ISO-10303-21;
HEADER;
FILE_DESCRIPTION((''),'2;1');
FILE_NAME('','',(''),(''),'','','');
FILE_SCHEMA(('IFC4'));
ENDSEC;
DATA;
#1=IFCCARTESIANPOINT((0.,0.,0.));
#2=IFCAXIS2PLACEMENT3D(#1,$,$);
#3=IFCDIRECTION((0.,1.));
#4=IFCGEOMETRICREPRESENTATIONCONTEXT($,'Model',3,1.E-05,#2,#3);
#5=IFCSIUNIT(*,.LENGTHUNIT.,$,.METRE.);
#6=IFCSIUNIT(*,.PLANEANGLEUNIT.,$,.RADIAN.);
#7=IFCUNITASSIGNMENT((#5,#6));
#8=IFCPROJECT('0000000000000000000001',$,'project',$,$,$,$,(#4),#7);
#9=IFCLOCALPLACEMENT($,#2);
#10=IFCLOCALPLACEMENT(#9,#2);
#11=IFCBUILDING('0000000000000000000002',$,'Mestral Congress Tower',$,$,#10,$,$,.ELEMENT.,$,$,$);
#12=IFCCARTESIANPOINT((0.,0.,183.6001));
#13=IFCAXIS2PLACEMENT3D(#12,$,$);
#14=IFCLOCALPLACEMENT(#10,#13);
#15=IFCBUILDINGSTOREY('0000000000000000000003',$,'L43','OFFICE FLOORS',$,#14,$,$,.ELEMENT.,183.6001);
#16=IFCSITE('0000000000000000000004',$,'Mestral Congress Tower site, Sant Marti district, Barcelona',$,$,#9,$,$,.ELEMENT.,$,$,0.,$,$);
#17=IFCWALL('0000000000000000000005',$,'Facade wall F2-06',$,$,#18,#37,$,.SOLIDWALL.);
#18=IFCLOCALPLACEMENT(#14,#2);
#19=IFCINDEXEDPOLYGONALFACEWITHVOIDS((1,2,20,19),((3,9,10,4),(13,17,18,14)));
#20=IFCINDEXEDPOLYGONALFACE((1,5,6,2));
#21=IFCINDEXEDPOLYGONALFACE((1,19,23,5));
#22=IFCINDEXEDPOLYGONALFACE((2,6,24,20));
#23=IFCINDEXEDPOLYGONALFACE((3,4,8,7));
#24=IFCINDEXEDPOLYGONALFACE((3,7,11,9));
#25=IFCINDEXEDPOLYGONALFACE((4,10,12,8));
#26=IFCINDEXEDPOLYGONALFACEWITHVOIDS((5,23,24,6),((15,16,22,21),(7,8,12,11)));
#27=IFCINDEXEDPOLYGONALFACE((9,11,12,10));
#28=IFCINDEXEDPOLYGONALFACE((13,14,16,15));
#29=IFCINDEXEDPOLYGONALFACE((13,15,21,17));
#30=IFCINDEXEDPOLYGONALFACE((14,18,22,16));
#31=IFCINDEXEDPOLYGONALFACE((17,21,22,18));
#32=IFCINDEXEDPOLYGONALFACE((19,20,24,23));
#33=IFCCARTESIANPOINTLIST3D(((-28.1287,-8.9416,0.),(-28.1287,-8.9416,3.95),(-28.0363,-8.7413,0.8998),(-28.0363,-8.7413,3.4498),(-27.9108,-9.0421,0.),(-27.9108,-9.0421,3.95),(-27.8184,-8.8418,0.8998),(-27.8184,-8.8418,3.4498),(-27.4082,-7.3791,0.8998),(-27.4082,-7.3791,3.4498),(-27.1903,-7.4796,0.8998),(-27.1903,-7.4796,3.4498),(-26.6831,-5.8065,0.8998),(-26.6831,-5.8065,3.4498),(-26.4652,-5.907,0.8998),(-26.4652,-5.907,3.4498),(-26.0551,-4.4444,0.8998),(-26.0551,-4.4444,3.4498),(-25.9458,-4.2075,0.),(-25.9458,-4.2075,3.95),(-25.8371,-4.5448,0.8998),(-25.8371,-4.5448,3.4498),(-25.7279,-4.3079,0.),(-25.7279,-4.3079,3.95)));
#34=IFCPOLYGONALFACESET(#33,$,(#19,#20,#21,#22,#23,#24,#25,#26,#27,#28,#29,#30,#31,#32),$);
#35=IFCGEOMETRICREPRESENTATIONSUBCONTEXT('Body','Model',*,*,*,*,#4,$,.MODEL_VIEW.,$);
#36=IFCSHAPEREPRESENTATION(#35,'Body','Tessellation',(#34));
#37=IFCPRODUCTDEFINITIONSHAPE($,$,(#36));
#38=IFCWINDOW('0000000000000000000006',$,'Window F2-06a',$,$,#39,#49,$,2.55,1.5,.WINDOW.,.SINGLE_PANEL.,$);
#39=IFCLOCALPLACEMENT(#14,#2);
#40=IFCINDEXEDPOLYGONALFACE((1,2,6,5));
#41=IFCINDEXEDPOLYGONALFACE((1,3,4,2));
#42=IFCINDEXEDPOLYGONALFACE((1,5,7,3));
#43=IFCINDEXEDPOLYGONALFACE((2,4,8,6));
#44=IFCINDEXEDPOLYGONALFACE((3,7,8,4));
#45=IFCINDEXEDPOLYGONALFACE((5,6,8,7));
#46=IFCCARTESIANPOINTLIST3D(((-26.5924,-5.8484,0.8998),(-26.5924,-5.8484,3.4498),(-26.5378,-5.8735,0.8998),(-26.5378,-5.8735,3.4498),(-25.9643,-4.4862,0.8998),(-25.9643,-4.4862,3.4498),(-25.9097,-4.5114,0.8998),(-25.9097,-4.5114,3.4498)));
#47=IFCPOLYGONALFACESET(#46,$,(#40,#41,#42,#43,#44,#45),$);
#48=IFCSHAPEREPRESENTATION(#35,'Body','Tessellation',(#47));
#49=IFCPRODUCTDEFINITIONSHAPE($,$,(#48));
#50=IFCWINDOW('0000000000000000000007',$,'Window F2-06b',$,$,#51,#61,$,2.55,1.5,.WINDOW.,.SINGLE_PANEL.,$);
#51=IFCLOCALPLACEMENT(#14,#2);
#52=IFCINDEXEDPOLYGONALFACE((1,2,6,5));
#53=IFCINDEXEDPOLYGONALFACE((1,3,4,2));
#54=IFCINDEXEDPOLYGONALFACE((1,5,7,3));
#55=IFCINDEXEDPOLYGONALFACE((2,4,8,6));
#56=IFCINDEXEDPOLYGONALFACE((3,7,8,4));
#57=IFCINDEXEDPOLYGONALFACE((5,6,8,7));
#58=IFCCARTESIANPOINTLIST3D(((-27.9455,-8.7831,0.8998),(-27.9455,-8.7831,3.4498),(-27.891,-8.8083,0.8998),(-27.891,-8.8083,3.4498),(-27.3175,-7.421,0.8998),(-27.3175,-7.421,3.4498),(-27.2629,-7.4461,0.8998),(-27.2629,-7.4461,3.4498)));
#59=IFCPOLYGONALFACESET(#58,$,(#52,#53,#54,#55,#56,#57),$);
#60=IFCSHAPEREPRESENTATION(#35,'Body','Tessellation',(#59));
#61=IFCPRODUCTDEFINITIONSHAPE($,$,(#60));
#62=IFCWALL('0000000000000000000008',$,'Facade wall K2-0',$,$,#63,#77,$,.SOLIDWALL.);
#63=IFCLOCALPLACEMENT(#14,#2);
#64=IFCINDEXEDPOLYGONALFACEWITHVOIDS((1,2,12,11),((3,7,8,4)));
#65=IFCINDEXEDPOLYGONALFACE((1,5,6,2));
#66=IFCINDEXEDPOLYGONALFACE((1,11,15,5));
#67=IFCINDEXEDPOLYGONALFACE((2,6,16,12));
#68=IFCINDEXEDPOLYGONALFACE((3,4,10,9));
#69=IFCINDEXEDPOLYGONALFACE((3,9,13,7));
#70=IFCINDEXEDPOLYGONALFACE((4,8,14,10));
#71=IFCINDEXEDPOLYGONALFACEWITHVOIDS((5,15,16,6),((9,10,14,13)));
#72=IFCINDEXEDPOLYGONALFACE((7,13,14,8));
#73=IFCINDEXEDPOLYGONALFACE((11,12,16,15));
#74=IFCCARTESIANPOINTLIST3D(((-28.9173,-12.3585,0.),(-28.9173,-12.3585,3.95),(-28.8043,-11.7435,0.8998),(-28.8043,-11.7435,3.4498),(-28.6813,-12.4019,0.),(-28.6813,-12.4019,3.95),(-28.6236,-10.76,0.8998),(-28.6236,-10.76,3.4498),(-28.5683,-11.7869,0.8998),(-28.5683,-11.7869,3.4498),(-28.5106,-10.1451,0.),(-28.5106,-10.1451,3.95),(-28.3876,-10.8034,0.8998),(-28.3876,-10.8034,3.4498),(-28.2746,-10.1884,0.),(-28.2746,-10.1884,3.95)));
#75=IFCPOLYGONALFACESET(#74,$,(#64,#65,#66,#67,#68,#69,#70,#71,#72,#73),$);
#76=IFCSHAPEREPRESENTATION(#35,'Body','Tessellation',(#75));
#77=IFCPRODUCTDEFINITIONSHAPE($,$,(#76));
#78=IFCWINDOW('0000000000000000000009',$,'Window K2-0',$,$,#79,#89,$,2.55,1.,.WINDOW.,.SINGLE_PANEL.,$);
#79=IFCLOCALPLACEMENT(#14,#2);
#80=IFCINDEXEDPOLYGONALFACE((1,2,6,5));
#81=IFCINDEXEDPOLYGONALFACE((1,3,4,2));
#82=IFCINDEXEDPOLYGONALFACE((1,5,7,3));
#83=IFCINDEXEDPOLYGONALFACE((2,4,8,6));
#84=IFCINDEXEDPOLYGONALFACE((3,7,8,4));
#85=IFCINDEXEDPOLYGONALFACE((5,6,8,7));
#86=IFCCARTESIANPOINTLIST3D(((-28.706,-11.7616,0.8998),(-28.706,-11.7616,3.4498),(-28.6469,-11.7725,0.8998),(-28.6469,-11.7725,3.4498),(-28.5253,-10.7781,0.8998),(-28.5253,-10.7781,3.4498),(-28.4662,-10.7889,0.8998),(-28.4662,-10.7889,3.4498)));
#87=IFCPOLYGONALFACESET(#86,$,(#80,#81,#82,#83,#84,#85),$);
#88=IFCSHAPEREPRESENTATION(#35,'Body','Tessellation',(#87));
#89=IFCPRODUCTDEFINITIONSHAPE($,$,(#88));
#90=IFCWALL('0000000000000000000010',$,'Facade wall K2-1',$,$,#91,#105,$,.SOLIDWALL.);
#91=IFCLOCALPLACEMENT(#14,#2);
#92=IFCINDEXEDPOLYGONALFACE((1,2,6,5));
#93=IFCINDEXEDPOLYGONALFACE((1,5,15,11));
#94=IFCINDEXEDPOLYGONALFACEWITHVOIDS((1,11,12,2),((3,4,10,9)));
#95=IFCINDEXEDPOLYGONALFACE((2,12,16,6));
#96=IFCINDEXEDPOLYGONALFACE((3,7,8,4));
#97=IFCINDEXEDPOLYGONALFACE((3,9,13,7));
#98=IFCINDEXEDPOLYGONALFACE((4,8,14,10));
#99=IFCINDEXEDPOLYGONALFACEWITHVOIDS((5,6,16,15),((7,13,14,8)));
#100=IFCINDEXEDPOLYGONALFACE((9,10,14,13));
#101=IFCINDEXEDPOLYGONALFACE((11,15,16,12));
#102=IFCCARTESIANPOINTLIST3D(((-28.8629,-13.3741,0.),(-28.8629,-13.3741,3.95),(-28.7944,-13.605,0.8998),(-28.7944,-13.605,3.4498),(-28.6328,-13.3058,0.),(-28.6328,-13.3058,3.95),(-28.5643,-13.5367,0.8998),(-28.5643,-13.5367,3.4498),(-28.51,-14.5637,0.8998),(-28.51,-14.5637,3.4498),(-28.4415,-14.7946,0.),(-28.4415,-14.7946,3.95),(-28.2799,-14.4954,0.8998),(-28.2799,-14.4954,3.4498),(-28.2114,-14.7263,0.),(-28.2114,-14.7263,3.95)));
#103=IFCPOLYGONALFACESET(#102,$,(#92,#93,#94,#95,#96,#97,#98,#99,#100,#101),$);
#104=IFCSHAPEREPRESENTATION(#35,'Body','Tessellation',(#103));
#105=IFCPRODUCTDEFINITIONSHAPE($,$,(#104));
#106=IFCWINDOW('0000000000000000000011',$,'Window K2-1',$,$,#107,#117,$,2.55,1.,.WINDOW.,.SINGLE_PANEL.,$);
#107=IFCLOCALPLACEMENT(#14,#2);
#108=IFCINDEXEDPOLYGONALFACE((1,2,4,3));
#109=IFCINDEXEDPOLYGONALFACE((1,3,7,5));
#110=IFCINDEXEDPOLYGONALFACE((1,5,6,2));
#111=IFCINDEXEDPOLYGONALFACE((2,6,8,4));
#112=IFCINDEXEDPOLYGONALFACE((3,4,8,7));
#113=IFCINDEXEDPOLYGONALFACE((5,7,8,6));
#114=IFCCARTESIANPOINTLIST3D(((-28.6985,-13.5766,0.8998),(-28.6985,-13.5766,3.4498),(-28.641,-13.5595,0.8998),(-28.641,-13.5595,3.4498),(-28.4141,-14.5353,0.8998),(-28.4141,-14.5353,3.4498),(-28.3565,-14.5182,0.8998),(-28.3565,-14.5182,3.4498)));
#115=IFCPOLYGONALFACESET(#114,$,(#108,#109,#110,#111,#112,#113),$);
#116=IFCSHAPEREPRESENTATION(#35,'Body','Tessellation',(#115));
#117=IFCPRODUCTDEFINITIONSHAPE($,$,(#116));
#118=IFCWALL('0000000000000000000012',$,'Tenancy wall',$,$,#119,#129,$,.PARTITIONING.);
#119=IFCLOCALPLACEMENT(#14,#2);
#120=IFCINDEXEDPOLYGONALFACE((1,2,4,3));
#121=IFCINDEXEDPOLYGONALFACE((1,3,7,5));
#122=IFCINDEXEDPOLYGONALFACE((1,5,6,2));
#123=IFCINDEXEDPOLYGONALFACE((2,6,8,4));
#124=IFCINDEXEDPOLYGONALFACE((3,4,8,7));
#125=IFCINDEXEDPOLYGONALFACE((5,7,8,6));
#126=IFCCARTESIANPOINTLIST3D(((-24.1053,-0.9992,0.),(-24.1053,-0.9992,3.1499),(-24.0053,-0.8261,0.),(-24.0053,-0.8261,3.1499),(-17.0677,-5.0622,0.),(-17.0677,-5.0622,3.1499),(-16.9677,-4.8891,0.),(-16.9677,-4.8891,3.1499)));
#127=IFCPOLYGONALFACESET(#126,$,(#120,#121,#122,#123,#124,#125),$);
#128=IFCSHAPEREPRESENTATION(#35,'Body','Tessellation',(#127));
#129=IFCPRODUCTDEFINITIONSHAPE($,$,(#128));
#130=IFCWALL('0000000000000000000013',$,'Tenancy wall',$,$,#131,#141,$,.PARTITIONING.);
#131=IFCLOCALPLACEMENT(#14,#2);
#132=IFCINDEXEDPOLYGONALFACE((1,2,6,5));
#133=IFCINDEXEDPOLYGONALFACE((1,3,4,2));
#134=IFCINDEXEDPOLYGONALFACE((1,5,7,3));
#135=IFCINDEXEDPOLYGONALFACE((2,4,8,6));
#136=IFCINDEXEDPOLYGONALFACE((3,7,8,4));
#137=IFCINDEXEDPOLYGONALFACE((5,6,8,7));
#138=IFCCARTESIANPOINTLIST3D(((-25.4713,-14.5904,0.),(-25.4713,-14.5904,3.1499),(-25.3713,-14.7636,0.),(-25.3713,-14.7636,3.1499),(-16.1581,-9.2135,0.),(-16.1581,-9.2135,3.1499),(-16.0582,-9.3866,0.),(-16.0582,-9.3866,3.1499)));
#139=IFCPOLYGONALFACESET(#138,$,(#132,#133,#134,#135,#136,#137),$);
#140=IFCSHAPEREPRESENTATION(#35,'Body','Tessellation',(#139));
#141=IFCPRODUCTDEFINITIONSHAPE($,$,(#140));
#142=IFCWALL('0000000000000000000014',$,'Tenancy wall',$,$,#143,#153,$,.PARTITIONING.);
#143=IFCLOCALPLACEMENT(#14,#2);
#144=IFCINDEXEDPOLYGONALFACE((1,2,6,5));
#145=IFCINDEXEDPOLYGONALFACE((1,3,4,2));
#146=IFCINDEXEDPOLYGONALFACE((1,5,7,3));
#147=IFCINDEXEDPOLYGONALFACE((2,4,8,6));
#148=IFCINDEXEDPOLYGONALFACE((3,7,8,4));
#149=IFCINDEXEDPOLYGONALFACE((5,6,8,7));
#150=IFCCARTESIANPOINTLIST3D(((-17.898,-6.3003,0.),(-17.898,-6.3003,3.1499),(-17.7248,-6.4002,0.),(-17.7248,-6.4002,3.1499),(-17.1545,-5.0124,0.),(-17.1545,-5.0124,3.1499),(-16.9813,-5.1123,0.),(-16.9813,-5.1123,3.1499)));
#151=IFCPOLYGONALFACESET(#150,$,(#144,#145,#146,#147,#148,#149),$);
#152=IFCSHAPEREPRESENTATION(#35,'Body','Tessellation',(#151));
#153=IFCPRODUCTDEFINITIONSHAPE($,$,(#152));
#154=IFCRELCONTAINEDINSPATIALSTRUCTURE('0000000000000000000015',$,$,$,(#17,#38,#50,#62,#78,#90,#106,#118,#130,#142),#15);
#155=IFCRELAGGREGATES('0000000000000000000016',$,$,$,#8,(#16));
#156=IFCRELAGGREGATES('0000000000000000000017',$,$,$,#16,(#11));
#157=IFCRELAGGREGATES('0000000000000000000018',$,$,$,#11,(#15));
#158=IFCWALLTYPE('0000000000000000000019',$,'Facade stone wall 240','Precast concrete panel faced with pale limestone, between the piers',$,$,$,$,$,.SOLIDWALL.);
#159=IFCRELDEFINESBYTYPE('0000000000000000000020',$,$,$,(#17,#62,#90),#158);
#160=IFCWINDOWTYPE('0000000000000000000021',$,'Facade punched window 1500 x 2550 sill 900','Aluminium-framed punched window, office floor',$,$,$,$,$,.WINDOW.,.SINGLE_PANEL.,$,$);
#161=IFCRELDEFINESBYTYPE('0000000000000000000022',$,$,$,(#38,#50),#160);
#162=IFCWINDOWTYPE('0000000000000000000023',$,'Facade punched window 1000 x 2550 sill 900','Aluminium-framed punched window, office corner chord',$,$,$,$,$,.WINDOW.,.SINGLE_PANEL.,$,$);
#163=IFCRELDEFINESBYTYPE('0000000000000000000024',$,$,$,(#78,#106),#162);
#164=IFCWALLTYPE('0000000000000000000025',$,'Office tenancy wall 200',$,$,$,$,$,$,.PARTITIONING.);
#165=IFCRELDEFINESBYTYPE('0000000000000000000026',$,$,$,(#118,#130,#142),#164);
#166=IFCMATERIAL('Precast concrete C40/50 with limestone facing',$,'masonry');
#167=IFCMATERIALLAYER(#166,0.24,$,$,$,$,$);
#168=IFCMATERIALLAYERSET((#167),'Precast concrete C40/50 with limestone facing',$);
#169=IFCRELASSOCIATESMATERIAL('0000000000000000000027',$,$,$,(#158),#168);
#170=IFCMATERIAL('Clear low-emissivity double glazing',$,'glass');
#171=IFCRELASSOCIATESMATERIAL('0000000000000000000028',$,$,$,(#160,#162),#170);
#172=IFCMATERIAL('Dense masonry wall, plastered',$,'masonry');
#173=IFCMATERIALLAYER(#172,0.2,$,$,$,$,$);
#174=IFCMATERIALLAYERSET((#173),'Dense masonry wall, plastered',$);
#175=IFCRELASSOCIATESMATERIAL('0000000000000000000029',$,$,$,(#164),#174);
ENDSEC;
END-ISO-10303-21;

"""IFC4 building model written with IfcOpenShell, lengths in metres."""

from ifc_helpers import new_model, si_unit, direction, frame, frame_2d, origin, place, context, subcontext, project, spatial, rectangle, extrude, material, layer, layer_set, type_object, element, fill, save


model = new_model("IFC4")

# Units and contexts
model_context = context("Model", 3, precision=1e-05, world=origin(), true_north=direction((0.0, 1.0)))
body_context = subcontext(model_context, "Body", "Model", "MODEL_VIEW")
ifc_project = project(units=[si_unit("LENGTHUNIT", "METRE"), si_unit("PLANEANGLEUNIT", "RADIAN")], contexts=[model_context])

# Site, building, storey
site_placement = place(None, origin())
site = spatial("IfcSite", under=ifc_project, at=site_placement, Name="Mestral Congress Tower site, Sant Marti district, Barcelona", CompositionType="ELEMENT", RefElevation=0.0)
building_placement = place(site_placement, origin())
building = spatial("IfcBuilding", under=site, at=building_placement, Name="Mestral Congress Tower", CompositionType="ELEMENT")
storey_placement = place(building_placement, frame((0.0, 0.0, 183.6001)))
storey = spatial("IfcBuildingStorey", under=building, at=storey_placement, Name="L43", Description="OFFICE FLOORS", CompositionType="ELEMENT", Elevation=183.6001)

# Wall, openings, windows
ifc_material_1 = material(Name="Precast concrete C40/50 with limestone facing", Category="masonry")
ifc_layer_1 = layer(ifc_material_1, 0.24)
ifc_layer_set_1 = layer_set([ifc_layer_1], Name="Precast concrete C40/50 with limestone facing")
wall_type_1 = type_object("IfcWallType", Name="Facade stone wall 240", Description="Precast concrete panel faced with pale limestone, between the piers", PredefinedType="SOLIDWALL", material=ifc_layer_set_1)
wall_1_placement = place(storey_placement, frame((-25.8369, -4.2578, 0.0), z_axis=(0.0, 0.0, 1.0), x_axis=(-0.418723, -0.908114, 0.0)))
wall_1 = element("IfcWall", 1, at=wall_1_placement, inside=storey, type_object=wall_type_1, Name="Facade wall F2-06", PredefinedType="SOLIDWALL", context=body_context, shape_type="SweptSolid", body=[
    extrude(rectangle(XDim=5.2131, YDim=0.24, at=frame_2d((2.6064, 0.0))), origin(), (0.0, 0.0, 1.0), 3.95),
])
opening_1_placement = place(wall_1_placement, frame((0.2607, 0.0, 0.8999)))
opening_1 = element("IfcOpeningElement", 2, at=opening_1_placement, cuts=wall_1, PredefinedType="OPENING", context=body_context, shape_type="SweptSolid", body=[
    extrude(rectangle(XDim=1.5, YDim=2.55, at=frame_2d((0.75, 1.2749))), frame((0.0, 0.1299, 0.0), z_axis=(0.0, -1.0, 0.0), x_axis=(1.0, 0.0, 0.0)), (0.0, 0.0, 1.0), 0.26),
])
opening_2_placement = place(wall_1_placement, frame((3.4924, 0.0, 0.8999)))
opening_2 = element("IfcOpeningElement", 3, at=opening_2_placement, cuts=wall_1, PredefinedType="OPENING", context=body_context, shape_type="SweptSolid", body=[
    extrude(rectangle(XDim=1.5, YDim=2.55, at=frame_2d((0.75, 1.2749))), frame((0.0, 0.1299, 0.0), z_axis=(0.0, -1.0, 0.0), x_axis=(1.0, 0.0, 0.0)), (0.0, 0.0, 1.0), 0.26),
])
ifc_material_2 = material(Name="Clear low-emissivity double glazing", Category="glass")
window_type_1 = type_object("IfcWindowType", Name="Facade punched window 1500 x 2550 sill 900", Description="Aluminium-framed punched window, office floor", PartitioningType="SINGLE_PANEL", PredefinedType="WINDOW", material=ifc_material_2)
window_1_placement = place(opening_1_placement, origin())
window_1 = element("IfcWindow", 4, at=window_1_placement, inside=storey, type_object=window_type_1, Name="Window F2-06a", OverallHeight=2.55, OverallWidth=1.5, PartitioningType="SINGLE_PANEL", PredefinedType="WINDOW", context=body_context, shape_type="SweptSolid", body=[
    extrude(rectangle(XDim=1.5, YDim=2.55, at=frame_2d((0.75, 1.2749))), frame((0.0, 0.04, 0.0), z_axis=(0.0, -1.0, 0.0), x_axis=(1.0, 0.0, 0.0)), (0.0, 0.0, 1.0), 0.0601),
])
fill(opening_1, window_1)
window_2_placement = place(opening_2_placement, origin())
window_2 = element("IfcWindow", 5, at=window_2_placement, inside=storey, type_object=window_type_1, Name="Window F2-06b", OverallHeight=2.55, OverallWidth=1.5, PartitioningType="SINGLE_PANEL", PredefinedType="WINDOW", context=body_context, shape_type="SweptSolid", body=[
    extrude(rectangle(XDim=1.5, YDim=2.55, at=frame_2d((0.75, 1.2749))), frame((0.0, 0.04, 0.0), z_axis=(0.0, -1.0, 0.0), x_axis=(1.0, 0.0, 0.0)), (0.0, 0.0, 1.0), 0.0601),
])
fill(opening_2, window_2)

# Walls, openings, windows
wall_2_placement = place(storey_placement, frame((-28.3926, -10.1667, 0.0), z_axis=(0.0, 0.0, 1.0), x_axis=(-0.180737, -0.983531, 0.0)))
wall_2 = element("IfcWall", 6, at=wall_2_placement, inside=storey, type_object=wall_type_1, Name="Facade wall K2-0", PredefinedType="SOLIDWALL", context=body_context, shape_type="SweptSolid", body=[
    extrude(rectangle(XDim=2.2505, YDim=0.24, at=frame_2d((1.1252, 0.0))), origin(), (0.0, 0.0, 1.0), 3.95),
])
opening_3_placement = place(wall_2_placement, frame((0.6252, 0.0, 0.8999)))
opening_3 = element("IfcOpeningElement", 7, at=opening_3_placement, cuts=wall_2, PredefinedType="OPENING", context=body_context, shape_type="SweptSolid", body=[
    extrude(rectangle(XDim=1.0, YDim=2.55, at=frame_2d((0.5, 1.2749))), frame((0.0, 0.1299, 0.0), z_axis=(0.0, -1.0, 0.0), x_axis=(1.0, 0.0, 0.0)), (0.0, 0.0, 1.0), 0.26),
])
window_type_2 = type_object("IfcWindowType", Name="Facade punched window 1000 x 2550 sill 900", Description="Aluminium-framed punched window, office corner chord", PartitioningType="SINGLE_PANEL", PredefinedType="WINDOW", material=ifc_material_2)
window_3_placement = place(opening_3_placement, origin())
window_3 = element("IfcWindow", 8, at=window_3_placement, inside=storey, type_object=window_type_2, Name="Window K2-0", OverallHeight=2.55, OverallWidth=1.0, PartitioningType="SINGLE_PANEL", PredefinedType="WINDOW", context=body_context, shape_type="SweptSolid", body=[
    extrude(rectangle(XDim=1.0, YDim=2.55, at=frame_2d((0.5, 1.2749))), frame((0.0, 0.04, 0.0), z_axis=(0.0, -1.0, 0.0), x_axis=(1.0, 0.0, 0.0)), (0.0, 0.0, 1.0), 0.0601),
])
fill(opening_3, window_3)
wall_3_placement = place(storey_placement, frame((-28.7478, -13.3401, 0.0), z_axis=(0.0, 0.0, 1.0), x_axis=(0.284414, -0.958702, 0.0)))
wall_3 = element("IfcWall", 9, at=wall_3_placement, inside=storey, type_object=wall_type_1, Name="Facade wall K2-1", PredefinedType="SOLIDWALL", context=body_context, shape_type="SweptSolid", body=[
    extrude(rectangle(XDim=1.4817, YDim=0.24, at=frame_2d((0.7407, 0.0))), origin(), (0.0, 0.0, 1.0), 3.95),
])
opening_4_placement = place(wall_3_placement, frame((0.2407, 0.0, 0.8999)))
opening_4 = element("IfcOpeningElement", 10, at=opening_4_placement, cuts=wall_3, PredefinedType="OPENING", context=body_context, shape_type="SweptSolid", body=[
    extrude(rectangle(XDim=1.0, YDim=2.55, at=frame_2d((0.5, 1.2749))), frame((0.0, 0.1299, 0.0), z_axis=(0.0, -1.0, 0.0), x_axis=(1.0, 0.0, 0.0)), (0.0, 0.0, 1.0), 0.26),
])
window_4_placement = place(opening_4_placement, origin())
window_4 = element("IfcWindow", 11, at=window_4_placement, inside=storey, type_object=window_type_2, Name="Window K2-1", OverallHeight=2.55, OverallWidth=1.0, PartitioningType="SINGLE_PANEL", PredefinedType="WINDOW", context=body_context, shape_type="SweptSolid", body=[
    extrude(rectangle(XDim=1.0, YDim=2.55, at=frame_2d((0.5, 1.2749))), frame((0.0, 0.04, 0.0), z_axis=(0.0, -1.0, 0.0), x_axis=(1.0, 0.0, 0.0)), (0.0, 0.0, 1.0), 0.0601),
])
fill(opening_4, window_4)

# Walls
ifc_material_3 = material(Name="Dense masonry wall, plastered", Category="masonry")
ifc_layer_2 = layer(ifc_material_3, 0.2)
ifc_layer_set_2 = layer_set([ifc_layer_2], Name="Dense masonry wall, plastered")
wall_type_2 = type_object("IfcWallType", Name="Office tenancy wall 200", PredefinedType="PARTITIONING", material=ifc_layer_set_2)
wall_4_placement = place(storey_placement, frame((-17.0178, -4.9756, 0.0), z_axis=(0.0, 0.0, 1.0), x_axis=(-0.866034, 0.499984, 0.0)))
element("IfcWall", 12, at=wall_4_placement, inside=storey, type_object=wall_type_2, Name="Tenancy wall", PredefinedType="PARTITIONING", context=body_context, shape_type="SweptSolid", body=[
    extrude(rectangle(XDim=8.1262, YDim=0.2, at=frame_2d((4.063, 0.0))), origin(), (0.0, 0.0, 1.0), 3.1499),
])
wall_5_placement = place(storey_placement, frame((-16.1082, -9.3, 0.0), z_axis=(0.0, 0.0, 1.0), x_axis=(-0.866027, -0.499997, 0.0)))
element("IfcWall", 13, at=wall_5_placement, inside=storey, type_object=wall_type_2, Name="Tenancy wall", PredefinedType="PARTITIONING", context=body_context, shape_type="SweptSolid", body=[
    extrude(rectangle(XDim=10.7539, YDim=0.2, at=frame_2d((5.377, 0.0))), origin(), (0.0, 0.0, 1.0), 3.1499),
])
wall_6_placement = place(storey_placement, frame((-17.0679, -5.0623, 0.0), z_axis=(0.0, 0.0, 1.0), x_axis=(-0.499936, -0.866063, 0.0)))
element("IfcWall", 14, at=wall_6_placement, inside=storey, type_object=wall_type_2, Name="Tenancy wall", PredefinedType="PARTITIONING", context=body_context, shape_type="SweptSolid", body=[
    extrude(rectangle(XDim=1.4871, YDim=0.2, at=frame_2d((0.7437, 0.0))), origin(), (0.0, 0.0, 1.0), 3.1499),
])

save(model, "model.ifc")
